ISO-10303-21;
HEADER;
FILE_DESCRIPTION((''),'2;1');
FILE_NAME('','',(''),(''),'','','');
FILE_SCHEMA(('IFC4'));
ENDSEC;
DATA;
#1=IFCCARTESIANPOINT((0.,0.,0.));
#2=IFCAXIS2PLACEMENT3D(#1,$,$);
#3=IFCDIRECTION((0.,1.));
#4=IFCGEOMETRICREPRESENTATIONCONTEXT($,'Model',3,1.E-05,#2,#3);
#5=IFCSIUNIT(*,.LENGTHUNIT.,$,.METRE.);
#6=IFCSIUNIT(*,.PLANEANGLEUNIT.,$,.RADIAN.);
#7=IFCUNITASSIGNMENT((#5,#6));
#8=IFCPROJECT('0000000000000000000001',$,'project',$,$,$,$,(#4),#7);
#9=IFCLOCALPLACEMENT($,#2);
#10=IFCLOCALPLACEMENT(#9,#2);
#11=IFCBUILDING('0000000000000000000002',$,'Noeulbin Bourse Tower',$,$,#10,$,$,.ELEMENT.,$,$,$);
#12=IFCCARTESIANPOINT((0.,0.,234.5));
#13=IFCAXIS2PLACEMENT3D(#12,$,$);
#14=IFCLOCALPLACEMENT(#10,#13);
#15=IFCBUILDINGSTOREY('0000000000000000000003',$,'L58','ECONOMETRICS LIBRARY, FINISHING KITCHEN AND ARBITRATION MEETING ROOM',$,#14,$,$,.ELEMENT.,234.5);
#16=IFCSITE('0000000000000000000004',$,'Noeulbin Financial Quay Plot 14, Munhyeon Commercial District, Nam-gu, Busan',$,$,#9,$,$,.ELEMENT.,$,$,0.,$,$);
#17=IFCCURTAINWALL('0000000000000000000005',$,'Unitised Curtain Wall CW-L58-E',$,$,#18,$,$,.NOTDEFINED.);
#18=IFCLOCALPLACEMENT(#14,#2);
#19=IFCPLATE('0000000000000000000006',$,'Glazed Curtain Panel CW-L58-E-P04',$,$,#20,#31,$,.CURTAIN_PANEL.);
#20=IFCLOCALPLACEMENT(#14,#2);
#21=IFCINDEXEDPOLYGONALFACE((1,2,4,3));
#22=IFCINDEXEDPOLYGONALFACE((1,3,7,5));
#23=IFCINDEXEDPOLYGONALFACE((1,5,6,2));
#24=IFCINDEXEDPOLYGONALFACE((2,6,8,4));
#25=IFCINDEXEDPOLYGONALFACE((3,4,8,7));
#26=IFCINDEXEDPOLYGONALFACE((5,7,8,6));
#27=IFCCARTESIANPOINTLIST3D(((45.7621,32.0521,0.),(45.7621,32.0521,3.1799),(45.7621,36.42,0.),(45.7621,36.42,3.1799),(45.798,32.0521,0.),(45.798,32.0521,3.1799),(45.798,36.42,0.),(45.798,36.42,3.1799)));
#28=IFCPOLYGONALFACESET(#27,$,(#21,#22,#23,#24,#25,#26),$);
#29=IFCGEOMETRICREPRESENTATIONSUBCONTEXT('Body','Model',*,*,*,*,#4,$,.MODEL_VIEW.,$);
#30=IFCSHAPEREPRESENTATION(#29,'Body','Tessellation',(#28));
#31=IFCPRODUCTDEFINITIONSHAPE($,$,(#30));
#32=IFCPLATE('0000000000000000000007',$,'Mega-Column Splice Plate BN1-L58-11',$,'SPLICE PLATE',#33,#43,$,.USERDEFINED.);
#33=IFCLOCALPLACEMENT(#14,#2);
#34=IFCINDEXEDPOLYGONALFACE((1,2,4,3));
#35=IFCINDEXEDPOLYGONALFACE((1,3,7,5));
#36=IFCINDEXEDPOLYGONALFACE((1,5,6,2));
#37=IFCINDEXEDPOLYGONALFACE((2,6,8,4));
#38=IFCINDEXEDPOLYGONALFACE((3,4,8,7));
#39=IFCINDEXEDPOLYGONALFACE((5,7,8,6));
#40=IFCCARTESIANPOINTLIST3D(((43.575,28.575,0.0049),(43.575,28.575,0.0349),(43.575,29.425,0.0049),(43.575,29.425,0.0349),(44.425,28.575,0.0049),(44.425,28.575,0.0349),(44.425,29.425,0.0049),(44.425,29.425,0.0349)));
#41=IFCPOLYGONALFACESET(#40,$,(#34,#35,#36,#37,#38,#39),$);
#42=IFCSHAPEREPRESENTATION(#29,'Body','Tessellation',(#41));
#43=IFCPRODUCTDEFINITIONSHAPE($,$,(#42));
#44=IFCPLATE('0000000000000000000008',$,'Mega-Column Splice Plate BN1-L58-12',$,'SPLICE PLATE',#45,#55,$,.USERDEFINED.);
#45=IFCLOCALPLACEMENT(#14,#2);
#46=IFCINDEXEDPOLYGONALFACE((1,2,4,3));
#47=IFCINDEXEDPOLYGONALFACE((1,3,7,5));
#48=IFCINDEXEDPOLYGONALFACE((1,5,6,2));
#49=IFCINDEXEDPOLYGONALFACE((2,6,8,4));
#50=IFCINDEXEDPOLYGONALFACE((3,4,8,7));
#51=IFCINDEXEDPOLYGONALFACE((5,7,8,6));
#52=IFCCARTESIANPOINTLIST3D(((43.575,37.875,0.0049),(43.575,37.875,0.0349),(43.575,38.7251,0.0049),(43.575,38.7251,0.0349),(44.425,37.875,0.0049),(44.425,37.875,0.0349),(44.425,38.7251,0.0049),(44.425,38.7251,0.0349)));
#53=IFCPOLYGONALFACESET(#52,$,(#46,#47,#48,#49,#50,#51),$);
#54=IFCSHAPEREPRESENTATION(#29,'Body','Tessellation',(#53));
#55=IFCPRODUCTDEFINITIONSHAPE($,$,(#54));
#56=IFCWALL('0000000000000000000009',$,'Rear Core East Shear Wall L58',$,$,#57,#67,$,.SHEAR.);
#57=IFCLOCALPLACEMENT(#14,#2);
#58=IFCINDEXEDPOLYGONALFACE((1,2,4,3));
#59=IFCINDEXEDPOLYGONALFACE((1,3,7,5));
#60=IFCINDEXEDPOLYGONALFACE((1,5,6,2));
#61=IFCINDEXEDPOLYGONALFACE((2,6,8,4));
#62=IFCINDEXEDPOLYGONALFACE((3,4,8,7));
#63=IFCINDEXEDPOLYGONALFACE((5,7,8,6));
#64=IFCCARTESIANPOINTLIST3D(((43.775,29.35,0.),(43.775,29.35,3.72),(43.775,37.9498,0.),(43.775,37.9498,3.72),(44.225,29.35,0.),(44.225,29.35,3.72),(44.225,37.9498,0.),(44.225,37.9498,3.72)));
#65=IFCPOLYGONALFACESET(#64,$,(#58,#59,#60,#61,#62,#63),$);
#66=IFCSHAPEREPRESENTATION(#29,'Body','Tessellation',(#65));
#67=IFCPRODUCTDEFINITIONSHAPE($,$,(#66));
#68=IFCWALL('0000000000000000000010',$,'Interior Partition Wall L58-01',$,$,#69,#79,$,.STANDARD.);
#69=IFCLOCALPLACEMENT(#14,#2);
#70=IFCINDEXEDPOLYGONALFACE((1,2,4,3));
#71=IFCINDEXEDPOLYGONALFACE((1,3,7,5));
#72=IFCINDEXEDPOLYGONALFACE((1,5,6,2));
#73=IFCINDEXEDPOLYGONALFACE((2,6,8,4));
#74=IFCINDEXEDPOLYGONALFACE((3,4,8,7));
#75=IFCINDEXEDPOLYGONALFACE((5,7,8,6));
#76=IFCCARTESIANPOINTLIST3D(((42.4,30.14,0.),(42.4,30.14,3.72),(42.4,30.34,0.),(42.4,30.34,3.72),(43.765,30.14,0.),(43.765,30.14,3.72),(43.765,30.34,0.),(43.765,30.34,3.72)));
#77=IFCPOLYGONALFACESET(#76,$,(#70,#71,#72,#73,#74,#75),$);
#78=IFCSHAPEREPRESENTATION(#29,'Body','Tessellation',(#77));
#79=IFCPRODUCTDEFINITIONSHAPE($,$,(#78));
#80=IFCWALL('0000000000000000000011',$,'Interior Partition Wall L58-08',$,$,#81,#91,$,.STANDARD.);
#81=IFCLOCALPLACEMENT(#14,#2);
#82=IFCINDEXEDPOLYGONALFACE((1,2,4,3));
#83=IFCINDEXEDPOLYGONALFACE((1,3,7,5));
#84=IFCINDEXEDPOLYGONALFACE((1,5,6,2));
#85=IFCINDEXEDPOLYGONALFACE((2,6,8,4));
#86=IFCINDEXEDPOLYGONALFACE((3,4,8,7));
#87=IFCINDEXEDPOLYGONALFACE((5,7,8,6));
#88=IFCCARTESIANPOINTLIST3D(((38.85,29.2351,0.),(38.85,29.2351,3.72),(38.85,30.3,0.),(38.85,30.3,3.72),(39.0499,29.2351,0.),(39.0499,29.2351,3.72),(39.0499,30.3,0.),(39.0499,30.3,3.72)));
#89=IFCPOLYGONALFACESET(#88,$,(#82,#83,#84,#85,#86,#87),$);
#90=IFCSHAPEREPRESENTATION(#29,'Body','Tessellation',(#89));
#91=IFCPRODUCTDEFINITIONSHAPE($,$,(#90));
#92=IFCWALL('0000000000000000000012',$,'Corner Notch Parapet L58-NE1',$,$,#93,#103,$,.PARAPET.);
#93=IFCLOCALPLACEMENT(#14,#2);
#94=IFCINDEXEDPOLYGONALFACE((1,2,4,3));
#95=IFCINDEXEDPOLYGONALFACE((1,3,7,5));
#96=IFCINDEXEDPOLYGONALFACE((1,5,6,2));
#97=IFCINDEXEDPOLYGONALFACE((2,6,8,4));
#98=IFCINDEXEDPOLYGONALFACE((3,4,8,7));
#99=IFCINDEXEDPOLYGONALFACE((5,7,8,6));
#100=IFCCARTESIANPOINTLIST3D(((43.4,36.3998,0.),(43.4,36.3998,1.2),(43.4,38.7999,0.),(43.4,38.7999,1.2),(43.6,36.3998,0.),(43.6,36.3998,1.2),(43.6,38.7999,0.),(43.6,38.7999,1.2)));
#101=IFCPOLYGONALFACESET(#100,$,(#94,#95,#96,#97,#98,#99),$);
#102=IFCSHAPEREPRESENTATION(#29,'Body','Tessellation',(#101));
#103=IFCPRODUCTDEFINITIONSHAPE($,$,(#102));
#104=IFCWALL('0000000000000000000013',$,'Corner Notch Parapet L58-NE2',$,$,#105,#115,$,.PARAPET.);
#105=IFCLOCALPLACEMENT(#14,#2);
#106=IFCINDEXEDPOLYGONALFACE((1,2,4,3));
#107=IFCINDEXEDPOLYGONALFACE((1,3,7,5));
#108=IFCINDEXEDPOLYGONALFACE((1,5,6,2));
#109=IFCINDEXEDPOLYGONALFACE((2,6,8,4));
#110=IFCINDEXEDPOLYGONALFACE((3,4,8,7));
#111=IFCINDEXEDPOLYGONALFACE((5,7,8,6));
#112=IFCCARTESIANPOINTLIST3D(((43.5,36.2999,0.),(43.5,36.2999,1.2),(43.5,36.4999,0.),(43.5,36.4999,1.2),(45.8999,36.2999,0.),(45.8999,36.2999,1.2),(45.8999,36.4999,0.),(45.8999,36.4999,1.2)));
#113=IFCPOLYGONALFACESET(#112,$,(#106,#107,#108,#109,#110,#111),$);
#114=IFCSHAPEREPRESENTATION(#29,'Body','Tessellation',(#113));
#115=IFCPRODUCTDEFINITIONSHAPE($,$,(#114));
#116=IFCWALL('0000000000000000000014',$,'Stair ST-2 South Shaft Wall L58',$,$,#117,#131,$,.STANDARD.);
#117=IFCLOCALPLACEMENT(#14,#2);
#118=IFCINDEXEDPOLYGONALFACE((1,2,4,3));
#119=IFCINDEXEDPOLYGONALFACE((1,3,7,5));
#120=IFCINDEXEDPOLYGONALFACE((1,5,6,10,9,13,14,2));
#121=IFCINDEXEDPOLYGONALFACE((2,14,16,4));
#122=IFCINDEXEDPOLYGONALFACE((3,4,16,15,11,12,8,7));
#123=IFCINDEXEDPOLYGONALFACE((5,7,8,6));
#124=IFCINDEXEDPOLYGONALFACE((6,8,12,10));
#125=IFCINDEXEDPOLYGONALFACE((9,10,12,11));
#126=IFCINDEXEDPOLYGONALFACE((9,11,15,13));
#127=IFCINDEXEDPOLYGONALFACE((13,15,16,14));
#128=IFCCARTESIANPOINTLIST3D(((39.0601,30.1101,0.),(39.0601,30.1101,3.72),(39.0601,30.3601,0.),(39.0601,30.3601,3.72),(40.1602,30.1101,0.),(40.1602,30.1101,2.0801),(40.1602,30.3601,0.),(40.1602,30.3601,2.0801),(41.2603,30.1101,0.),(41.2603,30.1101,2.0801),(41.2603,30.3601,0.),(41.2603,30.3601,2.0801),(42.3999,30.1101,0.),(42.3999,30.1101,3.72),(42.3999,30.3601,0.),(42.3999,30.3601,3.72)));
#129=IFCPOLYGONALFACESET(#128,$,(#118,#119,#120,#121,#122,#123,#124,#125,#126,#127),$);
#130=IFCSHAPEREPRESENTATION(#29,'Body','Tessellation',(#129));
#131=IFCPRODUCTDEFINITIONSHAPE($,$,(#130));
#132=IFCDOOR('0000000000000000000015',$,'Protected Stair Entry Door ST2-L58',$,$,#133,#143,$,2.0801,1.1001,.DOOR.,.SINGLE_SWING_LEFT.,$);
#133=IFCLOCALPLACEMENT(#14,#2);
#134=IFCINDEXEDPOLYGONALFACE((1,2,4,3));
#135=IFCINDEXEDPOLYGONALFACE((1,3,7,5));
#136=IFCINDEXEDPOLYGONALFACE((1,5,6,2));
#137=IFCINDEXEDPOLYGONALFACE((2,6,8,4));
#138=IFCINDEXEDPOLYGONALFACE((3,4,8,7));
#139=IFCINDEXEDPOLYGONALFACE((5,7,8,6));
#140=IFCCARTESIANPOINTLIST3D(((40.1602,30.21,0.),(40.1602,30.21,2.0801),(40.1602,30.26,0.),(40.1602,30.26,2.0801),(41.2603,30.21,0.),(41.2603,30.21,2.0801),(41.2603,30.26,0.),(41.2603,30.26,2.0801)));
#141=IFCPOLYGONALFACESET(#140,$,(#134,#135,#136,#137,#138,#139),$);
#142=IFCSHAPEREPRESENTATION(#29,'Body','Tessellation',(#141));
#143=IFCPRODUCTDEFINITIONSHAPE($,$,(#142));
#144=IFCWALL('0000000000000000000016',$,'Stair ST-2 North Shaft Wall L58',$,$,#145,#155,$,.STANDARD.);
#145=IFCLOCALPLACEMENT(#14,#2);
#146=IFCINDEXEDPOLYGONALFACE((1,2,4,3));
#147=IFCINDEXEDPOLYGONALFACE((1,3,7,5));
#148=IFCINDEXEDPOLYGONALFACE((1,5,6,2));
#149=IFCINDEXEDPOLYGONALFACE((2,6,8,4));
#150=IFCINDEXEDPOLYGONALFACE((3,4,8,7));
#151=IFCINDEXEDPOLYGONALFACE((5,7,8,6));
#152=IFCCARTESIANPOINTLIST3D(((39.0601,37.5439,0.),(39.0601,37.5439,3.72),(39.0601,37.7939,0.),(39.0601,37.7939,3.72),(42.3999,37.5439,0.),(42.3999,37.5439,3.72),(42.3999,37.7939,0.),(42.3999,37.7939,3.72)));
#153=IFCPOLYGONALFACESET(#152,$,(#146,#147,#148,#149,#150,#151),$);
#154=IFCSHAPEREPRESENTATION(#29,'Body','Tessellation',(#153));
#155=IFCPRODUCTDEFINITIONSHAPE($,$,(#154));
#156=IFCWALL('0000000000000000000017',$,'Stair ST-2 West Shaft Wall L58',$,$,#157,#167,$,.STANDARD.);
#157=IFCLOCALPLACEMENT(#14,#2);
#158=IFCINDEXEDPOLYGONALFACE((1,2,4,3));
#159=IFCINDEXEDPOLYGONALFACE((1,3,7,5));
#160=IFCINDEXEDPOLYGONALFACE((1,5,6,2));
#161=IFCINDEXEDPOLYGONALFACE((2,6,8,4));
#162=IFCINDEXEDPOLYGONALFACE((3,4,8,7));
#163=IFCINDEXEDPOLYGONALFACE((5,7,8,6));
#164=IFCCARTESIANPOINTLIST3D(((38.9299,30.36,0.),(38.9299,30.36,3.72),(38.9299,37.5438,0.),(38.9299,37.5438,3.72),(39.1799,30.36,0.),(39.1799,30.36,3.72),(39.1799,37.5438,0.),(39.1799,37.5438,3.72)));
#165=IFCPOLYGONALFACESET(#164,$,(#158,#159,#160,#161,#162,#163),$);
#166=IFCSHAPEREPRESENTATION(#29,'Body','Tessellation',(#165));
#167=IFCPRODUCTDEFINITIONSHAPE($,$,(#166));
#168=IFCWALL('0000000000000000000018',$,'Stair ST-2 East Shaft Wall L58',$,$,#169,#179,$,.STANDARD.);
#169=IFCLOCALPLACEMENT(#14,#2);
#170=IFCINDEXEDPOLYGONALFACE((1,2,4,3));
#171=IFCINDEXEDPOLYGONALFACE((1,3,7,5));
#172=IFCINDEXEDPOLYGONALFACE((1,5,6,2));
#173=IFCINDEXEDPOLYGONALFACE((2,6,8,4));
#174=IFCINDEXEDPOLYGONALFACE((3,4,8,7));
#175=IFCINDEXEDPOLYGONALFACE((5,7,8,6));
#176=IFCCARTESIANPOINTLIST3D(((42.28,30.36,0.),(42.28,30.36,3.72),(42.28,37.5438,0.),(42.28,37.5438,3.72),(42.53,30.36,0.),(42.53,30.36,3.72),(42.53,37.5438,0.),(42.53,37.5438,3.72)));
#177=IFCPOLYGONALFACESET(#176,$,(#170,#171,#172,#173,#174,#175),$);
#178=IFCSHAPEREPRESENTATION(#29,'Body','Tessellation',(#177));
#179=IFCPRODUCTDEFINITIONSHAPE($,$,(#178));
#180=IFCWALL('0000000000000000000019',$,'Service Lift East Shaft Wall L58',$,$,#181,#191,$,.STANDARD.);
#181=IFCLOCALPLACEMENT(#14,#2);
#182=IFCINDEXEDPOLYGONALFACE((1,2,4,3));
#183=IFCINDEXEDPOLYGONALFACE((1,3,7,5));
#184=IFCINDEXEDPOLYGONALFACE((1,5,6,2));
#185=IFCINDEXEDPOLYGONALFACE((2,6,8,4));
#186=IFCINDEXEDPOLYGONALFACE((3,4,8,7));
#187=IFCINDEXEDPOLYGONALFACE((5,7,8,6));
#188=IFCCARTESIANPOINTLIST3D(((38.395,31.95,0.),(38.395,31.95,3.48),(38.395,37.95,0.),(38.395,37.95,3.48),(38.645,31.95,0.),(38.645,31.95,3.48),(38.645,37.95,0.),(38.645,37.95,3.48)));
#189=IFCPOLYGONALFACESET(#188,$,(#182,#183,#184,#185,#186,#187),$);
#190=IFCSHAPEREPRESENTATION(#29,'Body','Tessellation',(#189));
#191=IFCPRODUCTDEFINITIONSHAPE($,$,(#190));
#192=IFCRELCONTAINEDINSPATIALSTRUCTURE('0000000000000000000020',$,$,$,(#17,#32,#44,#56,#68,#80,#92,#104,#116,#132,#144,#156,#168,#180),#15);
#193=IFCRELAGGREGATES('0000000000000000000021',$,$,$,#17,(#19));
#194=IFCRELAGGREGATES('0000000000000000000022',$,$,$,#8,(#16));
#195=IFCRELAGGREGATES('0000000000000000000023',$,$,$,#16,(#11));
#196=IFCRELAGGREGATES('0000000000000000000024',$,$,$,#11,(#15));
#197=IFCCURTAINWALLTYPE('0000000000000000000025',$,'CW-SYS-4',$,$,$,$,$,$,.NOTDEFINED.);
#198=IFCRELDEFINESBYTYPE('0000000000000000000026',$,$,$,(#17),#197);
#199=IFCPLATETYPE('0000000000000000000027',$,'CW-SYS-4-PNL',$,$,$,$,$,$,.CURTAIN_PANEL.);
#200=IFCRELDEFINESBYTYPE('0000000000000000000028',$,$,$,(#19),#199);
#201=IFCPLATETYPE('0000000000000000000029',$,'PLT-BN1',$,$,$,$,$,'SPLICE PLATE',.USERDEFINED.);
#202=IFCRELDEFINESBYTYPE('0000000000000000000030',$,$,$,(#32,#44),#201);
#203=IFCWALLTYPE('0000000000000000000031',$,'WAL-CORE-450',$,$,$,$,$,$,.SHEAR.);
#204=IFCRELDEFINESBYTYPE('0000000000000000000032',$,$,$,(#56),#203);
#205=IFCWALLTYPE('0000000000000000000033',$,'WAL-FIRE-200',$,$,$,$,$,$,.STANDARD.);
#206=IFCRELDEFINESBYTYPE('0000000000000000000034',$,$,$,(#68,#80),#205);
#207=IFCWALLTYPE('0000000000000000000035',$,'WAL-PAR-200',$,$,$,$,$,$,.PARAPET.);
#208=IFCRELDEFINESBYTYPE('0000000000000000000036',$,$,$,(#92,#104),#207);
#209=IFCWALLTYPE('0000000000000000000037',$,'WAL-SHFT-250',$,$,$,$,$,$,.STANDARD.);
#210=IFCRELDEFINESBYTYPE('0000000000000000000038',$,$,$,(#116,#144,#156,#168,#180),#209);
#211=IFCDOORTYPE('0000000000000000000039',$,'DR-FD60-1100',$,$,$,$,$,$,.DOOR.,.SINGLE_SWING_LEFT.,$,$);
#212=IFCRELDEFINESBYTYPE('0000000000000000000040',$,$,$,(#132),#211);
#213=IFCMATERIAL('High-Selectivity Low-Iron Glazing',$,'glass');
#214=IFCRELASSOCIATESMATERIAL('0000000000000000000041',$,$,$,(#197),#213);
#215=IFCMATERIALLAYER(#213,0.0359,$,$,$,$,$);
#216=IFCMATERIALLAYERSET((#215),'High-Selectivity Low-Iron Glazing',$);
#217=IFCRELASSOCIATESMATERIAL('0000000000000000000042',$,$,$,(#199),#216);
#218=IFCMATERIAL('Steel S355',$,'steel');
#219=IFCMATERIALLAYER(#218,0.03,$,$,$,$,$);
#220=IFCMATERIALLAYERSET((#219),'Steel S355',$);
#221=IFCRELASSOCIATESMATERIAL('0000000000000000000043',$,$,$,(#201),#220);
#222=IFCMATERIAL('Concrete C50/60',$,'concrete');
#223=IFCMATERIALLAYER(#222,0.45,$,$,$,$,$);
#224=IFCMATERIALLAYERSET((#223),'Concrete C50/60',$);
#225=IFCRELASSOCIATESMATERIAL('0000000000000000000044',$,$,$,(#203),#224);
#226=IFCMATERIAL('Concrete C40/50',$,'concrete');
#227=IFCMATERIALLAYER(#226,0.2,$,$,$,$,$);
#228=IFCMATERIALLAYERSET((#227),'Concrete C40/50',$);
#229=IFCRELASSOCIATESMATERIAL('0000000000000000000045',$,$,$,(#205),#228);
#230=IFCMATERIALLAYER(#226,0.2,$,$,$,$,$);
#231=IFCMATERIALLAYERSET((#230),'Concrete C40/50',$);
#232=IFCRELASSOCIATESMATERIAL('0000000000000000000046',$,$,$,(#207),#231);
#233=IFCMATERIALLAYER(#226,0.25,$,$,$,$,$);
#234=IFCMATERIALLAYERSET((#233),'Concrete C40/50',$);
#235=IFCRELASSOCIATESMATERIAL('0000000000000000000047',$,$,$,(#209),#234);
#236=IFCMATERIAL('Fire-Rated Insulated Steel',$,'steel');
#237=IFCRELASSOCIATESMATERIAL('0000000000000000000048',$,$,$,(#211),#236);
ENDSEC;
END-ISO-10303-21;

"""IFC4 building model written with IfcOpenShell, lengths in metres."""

from ifc_helpers import new_model, si_unit, direction, frame, frame_2d, origin, origin_2d, place, context, subcontext, project, spatial, rectangle, extrude, material, layer, layer_set, type_object, element, fill, aggregate, save


model = new_model("IFC4")

# Units and contexts
model_context = context("Model", 3, precision=1e-05, world=origin(), true_north=direction((0.0, 1.0)))
body_context = subcontext(model_context, "Body", "Model", "MODEL_VIEW")
ifc_project = project(units=[si_unit("LENGTHUNIT", "METRE"), si_unit("PLANEANGLEUNIT", "RADIAN")], contexts=[model_context])

# Site, building, storey
site_placement = place(None, origin())
site = spatial("IfcSite", under=ifc_project, at=site_placement, Name="Noeulbin Financial Quay Plot 14, Munhyeon Commercial District, Nam-gu, Busan", CompositionType="ELEMENT", RefElevation=0.0)
building_placement = place(site_placement, origin())
building = spatial("IfcBuilding", under=site, at=building_placement, Name="Noeulbin Bourse Tower", CompositionType="ELEMENT")
storey_placement = place(building_placement, frame((0.0, 0.0, 234.5)))
storey = spatial("IfcBuildingStorey", under=building, at=storey_placement, Name="L58", Description="ECONOMETRICS LIBRARY, FINISHING KITCHEN AND ARBITRATION MEETING ROOM", CompositionType="ELEMENT", Elevation=234.5)

# Shared definitions
ifc_material_1 = material(Name="Steel S355", Category="steel")

# Curtain wall
ifc_material_2 = material(Name="High-Selectivity Low-Iron Glazing", Category="glass")
curtain_wall_type = type_object("IfcCurtainWallType", Name="CW-SYS-4", PredefinedType="NOTDEFINED", material=ifc_material_2)
curtain_wall_1_placement = place(storey_placement, origin())
curtain_wall_1 = element("IfcCurtainWall", 1, at=curtain_wall_1_placement, inside=storey, type_object=curtain_wall_type, Name="Unitised Curtain Wall CW-L58-E", PredefinedType="NOTDEFINED")

# Plate
ifc_layer_1 = layer(ifc_material_2, 0.0359)
ifc_layer_set_1 = layer_set([ifc_layer_1], Name="High-Selectivity Low-Iron Glazing")
plate_type_1 = type_object("IfcPlateType", Name="CW-SYS-4-PNL", PredefinedType="CURTAIN_PANEL", material=ifc_layer_set_1)
plate_1_placement = place(storey_placement, frame((45.78, 34.2361, 0.0), z_axis=(0.0, 0.0, 1.0), x_axis=(0.0, 1.0, 0.0)))
plate_1 = element("IfcPlate", 2, at=plate_1_placement, type_object=plate_type_1, Name="Glazed Curtain Panel CW-L58-E-P04", PredefinedType="CURTAIN_PANEL", context=body_context, shape_type="SweptSolid", body=[
    extrude(rectangle(XDim=4.3679, YDim=0.0359, at=origin_2d()), origin(), (0.0, 0.0, 1.0), 3.1799),
])
aggregate(curtain_wall_1, [plate_1])

# Plates
ifc_layer_2 = layer(ifc_material_1, 0.03)
ifc_layer_set_2 = layer_set([ifc_layer_2], Name="Steel S355")
plate_type_2 = type_object("IfcPlateType", Name="PLT-BN1", ElementType="SPLICE PLATE", PredefinedType="USERDEFINED", material=ifc_layer_set_2)
for number, where, z_axis, x_axis, name in (
    (3, (44.0, 29.0, 0.0049), (0.0, 0.0, 1.0), (1.0, 0.0, 0.0), "Mega-Column Splice Plate BN1-L58-11"),
    (4, (44.0, 38.3, 0.0049), (0.0, 0.0, 1.0), (1.0, 0.0, 0.0), "Mega-Column Splice Plate BN1-L58-12"),
):
    element("IfcPlate", number, at=place(storey_placement, frame(where, z_axis=z_axis, x_axis=x_axis)), inside=storey, type_object=plate_type_2, Name=name, ObjectType="SPLICE PLATE", PredefinedType="USERDEFINED", context=body_context, shape_type="SweptSolid", body=[
        extrude(rectangle(XDim=0.8501, YDim=0.8501, at=origin_2d()), origin(), (0.0, 0.0, 1.0), 0.03),
    ])

# Walls
ifc_material_3 = material(Name="Concrete C50/60", Category="concrete")
ifc_layer_3 = layer(ifc_material_3, 0.45)
ifc_layer_set_3 = layer_set([ifc_layer_3], Name="Concrete C50/60")
wall_type_1 = type_object("IfcWallType", Name="WAL-CORE-450", PredefinedType="SHEAR", material=ifc_layer_set_3)
wall_1_placement = place(storey_placement, frame((44.0, 29.3501, 0.0), z_axis=(0.0, 0.0, 1.0), x_axis=(0.0, 1.0, 0.0)))
element("IfcWall", 5, at=wall_1_placement, inside=storey, type_object=wall_type_1, Name="Rear Core East Shear Wall L58", PredefinedType="SHEAR", context=body_context, shape_type="SweptSolid", body=[
    extrude(rectangle(XDim=8.5999, YDim=0.45, at=frame_2d((4.2998, 0.0))), origin(), (0.0, 0.0, 1.0), 3.72),
])
ifc_material_4 = material(Name="Concrete C40/50", Category="concrete")
ifc_layer_4 = layer(ifc_material_4, 0.2)
ifc_layer_set_4 = layer_set([ifc_layer_4], Name="Concrete C40/50")
wall_type_2 = type_object("IfcWallType", Name="WAL-FIRE-200", PredefinedType="STANDARD", material=ifc_layer_set_4)
wall_2_placement = place(storey_placement, frame((42.3999, 30.24, 0.0), z_axis=(0.0, 0.0, 1.0), x_axis=(1.0, 0.0, 0.0)))
element("IfcWall", 6, at=wall_2_placement, inside=storey, type_object=wall_type_2, Name="Interior Partition Wall L58-01", PredefinedType="STANDARD", context=body_context, shape_type="SweptSolid", body=[
    extrude(rectangle(XDim=1.365, YDim=0.2, at=frame_2d((0.6826, 0.0))), origin(), (0.0, 0.0, 1.0), 3.72),
])
wall_3_placement = place(storey_placement, frame((38.95, 29.2351, 0.0), z_axis=(0.0, 0.0, 1.0), x_axis=(0.0, 1.0, 0.0)))
element("IfcWall", 7, at=wall_3_placement, inside=storey, type_object=wall_type_2, Name="Interior Partition Wall L58-08", PredefinedType="STANDARD", context=body_context, shape_type="SweptSolid", body=[
    extrude(rectangle(XDim=1.0649, YDim=0.2, at=frame_2d((0.5325, 0.0))), origin(), (0.0, 0.0, 1.0), 3.72),
])
ifc_layer_5 = layer(ifc_material_4, 0.2)
ifc_layer_set_5 = layer_set([ifc_layer_5], Name="Concrete C40/50")
wall_type_3 = type_object("IfcWallType", Name="WAL-PAR-200", PredefinedType="PARAPET", material=ifc_layer_set_5)
wall_4_placement = place(storey_placement, frame((43.5, 38.8, 0.0), z_axis=(0.0, 0.0, 1.0), x_axis=(0.0, -1.0, 0.0)))
element("IfcWall", 8, at=wall_4_placement, inside=storey, type_object=wall_type_3, Name="Corner Notch Parapet L58-NE1", PredefinedType="PARAPET", context=body_context, shape_type="SweptSolid", body=[
    extrude(rectangle(XDim=2.4001, YDim=0.2, at=frame_2d((1.2002, 0.0))), origin(), (0.0, 0.0, 1.0), 1.2),
])
wall_5_placement = place(storey_placement, frame((43.5, 36.3999, 0.0), z_axis=(0.0, 0.0, 1.0), x_axis=(1.0, 0.0, 0.0)))
element("IfcWall", 9, at=wall_5_placement, inside=storey, type_object=wall_type_3, Name="Corner Notch Parapet L58-NE2", PredefinedType="PARAPET", context=body_context, shape_type="SweptSolid", body=[
    extrude(rectangle(XDim=2.3999, YDim=0.2, at=frame_2d((1.2, 0.0))), origin(), (0.0, 0.0, 1.0), 1.2),
])

# Wall, opening, door
ifc_layer_6 = layer(ifc_material_4, 0.25)
ifc_layer_set_6 = layer_set([ifc_layer_6], Name="Concrete C40/50")
wall_type_4 = type_object("IfcWallType", Name="WAL-SHFT-250", PredefinedType="STANDARD", material=ifc_layer_set_6)
wall_6_placement = place(storey_placement, frame((39.0601, 30.2351, 0.0), z_axis=(0.0, 0.0, 1.0), x_axis=(1.0, 0.0, 0.0)))
wall_6 = element("IfcWall", 10, at=wall_6_placement, inside=storey, type_object=wall_type_4, Name="Stair ST-2 South Shaft Wall L58", PredefinedType="STANDARD", context=body_context, shape_type="SweptSolid", body=[
    extrude(rectangle(XDim=3.3398, YDim=0.25, at=frame_2d((1.6699, 0.0))), origin(), (0.0, 0.0, 1.0), 3.72),
])
opening_placement = place(wall_6_placement, frame((1.1001, 0.0, 0.0)))
opening = element("IfcOpeningElement", 11, at=opening_placement, cuts=wall_6, PredefinedType="OPENING", context=body_context, shape_type="SweptSolid", body=[
    extrude(rectangle(XDim=1.1001, YDim=2.0801, at=frame_2d((0.55, 1.04))), frame((0.0, 0.135, 0.0), z_axis=(0.0, -1.0, 0.0), x_axis=(1.0, 0.0, 0.0)), (0.0, 0.0, 1.0), 0.27),
])
ifc_material_5 = material(Name="Fire-Rated Insulated Steel", Category="steel")
door_type = type_object("IfcDoorType", Name="DR-FD60-1100", OperationType="SINGLE_SWING_LEFT", PredefinedType="DOOR", material=ifc_material_5)
door_placement = place(opening_placement, origin())
door = element("IfcDoor", 12, at=door_placement, inside=storey, type_object=door_type, Name="Protected Stair Entry Door ST2-L58", OperationType="SINGLE_SWING_LEFT", OverallHeight=2.0801, OverallWidth=1.1001, PredefinedType="DOOR", context=body_context, shape_type="SweptSolid", body=[
    extrude(rectangle(XDim=1.1001, YDim=2.0801, at=frame_2d((0.55, 1.04))), frame((0.0, 0.0249, 0.0), z_axis=(0.0, -1.0, 0.0), x_axis=(1.0, 0.0, 0.0)), (0.0, 0.0, 1.0), 0.05),
])
fill(opening, door)

# Walls
wall_7_placement = place(storey_placement, frame((39.0601, 37.6689, 0.0), z_axis=(0.0, 0.0, 1.0), x_axis=(1.0, 0.0, 0.0)))
element("IfcWall", 13, at=wall_7_placement, inside=storey, type_object=wall_type_4, Name="Stair ST-2 North Shaft Wall L58", PredefinedType="STANDARD", context=body_context, shape_type="SweptSolid", body=[
    extrude(rectangle(XDim=3.3398, YDim=0.25, at=frame_2d((1.6699, 0.0))), origin(), (0.0, 0.0, 1.0), 3.72),
])
for number, where, z_axis, x_axis, name in (
    (14, (39.0549, 30.3601, 0.0), (0.0, 0.0, 1.0), (0.0, 1.0, 0.0), "Stair ST-2 West Shaft Wall L58"),
    (15, (42.405, 30.3601, 0.0), (0.0, 0.0, 1.0), (0.0, 1.0, 0.0), "Stair ST-2 East Shaft Wall L58"),
):
    element("IfcWall", number, at=place(storey_placement, frame(where, z_axis=z_axis, x_axis=x_axis)), inside=storey, type_object=wall_type_4, Name=name, PredefinedType="STANDARD", context=body_context, shape_type="SweptSolid", body=[
        extrude(rectangle(XDim=7.1838, YDim=0.25, at=frame_2d((3.5918, 0.0))), origin(), (0.0, 0.0, 1.0), 3.72),
    ])
wall_8_placement = place(storey_placement, frame((38.52, 31.95, 0.0), z_axis=(0.0, 0.0, 1.0), x_axis=(0.0, 1.0, 0.0)))
element("IfcWall", 16, at=wall_8_placement, inside=storey, type_object=wall_type_4, Name="Service Lift East Shaft Wall L58", PredefinedType="STANDARD", context=body_context, shape_type="SweptSolid", body=[
    extrude(rectangle(XDim=6.0, YDim=0.25, at=frame_2d((3.0, 0.0))), origin(), (0.0, 0.0, 1.0), 3.48),
])

save(model, "model.ifc")
